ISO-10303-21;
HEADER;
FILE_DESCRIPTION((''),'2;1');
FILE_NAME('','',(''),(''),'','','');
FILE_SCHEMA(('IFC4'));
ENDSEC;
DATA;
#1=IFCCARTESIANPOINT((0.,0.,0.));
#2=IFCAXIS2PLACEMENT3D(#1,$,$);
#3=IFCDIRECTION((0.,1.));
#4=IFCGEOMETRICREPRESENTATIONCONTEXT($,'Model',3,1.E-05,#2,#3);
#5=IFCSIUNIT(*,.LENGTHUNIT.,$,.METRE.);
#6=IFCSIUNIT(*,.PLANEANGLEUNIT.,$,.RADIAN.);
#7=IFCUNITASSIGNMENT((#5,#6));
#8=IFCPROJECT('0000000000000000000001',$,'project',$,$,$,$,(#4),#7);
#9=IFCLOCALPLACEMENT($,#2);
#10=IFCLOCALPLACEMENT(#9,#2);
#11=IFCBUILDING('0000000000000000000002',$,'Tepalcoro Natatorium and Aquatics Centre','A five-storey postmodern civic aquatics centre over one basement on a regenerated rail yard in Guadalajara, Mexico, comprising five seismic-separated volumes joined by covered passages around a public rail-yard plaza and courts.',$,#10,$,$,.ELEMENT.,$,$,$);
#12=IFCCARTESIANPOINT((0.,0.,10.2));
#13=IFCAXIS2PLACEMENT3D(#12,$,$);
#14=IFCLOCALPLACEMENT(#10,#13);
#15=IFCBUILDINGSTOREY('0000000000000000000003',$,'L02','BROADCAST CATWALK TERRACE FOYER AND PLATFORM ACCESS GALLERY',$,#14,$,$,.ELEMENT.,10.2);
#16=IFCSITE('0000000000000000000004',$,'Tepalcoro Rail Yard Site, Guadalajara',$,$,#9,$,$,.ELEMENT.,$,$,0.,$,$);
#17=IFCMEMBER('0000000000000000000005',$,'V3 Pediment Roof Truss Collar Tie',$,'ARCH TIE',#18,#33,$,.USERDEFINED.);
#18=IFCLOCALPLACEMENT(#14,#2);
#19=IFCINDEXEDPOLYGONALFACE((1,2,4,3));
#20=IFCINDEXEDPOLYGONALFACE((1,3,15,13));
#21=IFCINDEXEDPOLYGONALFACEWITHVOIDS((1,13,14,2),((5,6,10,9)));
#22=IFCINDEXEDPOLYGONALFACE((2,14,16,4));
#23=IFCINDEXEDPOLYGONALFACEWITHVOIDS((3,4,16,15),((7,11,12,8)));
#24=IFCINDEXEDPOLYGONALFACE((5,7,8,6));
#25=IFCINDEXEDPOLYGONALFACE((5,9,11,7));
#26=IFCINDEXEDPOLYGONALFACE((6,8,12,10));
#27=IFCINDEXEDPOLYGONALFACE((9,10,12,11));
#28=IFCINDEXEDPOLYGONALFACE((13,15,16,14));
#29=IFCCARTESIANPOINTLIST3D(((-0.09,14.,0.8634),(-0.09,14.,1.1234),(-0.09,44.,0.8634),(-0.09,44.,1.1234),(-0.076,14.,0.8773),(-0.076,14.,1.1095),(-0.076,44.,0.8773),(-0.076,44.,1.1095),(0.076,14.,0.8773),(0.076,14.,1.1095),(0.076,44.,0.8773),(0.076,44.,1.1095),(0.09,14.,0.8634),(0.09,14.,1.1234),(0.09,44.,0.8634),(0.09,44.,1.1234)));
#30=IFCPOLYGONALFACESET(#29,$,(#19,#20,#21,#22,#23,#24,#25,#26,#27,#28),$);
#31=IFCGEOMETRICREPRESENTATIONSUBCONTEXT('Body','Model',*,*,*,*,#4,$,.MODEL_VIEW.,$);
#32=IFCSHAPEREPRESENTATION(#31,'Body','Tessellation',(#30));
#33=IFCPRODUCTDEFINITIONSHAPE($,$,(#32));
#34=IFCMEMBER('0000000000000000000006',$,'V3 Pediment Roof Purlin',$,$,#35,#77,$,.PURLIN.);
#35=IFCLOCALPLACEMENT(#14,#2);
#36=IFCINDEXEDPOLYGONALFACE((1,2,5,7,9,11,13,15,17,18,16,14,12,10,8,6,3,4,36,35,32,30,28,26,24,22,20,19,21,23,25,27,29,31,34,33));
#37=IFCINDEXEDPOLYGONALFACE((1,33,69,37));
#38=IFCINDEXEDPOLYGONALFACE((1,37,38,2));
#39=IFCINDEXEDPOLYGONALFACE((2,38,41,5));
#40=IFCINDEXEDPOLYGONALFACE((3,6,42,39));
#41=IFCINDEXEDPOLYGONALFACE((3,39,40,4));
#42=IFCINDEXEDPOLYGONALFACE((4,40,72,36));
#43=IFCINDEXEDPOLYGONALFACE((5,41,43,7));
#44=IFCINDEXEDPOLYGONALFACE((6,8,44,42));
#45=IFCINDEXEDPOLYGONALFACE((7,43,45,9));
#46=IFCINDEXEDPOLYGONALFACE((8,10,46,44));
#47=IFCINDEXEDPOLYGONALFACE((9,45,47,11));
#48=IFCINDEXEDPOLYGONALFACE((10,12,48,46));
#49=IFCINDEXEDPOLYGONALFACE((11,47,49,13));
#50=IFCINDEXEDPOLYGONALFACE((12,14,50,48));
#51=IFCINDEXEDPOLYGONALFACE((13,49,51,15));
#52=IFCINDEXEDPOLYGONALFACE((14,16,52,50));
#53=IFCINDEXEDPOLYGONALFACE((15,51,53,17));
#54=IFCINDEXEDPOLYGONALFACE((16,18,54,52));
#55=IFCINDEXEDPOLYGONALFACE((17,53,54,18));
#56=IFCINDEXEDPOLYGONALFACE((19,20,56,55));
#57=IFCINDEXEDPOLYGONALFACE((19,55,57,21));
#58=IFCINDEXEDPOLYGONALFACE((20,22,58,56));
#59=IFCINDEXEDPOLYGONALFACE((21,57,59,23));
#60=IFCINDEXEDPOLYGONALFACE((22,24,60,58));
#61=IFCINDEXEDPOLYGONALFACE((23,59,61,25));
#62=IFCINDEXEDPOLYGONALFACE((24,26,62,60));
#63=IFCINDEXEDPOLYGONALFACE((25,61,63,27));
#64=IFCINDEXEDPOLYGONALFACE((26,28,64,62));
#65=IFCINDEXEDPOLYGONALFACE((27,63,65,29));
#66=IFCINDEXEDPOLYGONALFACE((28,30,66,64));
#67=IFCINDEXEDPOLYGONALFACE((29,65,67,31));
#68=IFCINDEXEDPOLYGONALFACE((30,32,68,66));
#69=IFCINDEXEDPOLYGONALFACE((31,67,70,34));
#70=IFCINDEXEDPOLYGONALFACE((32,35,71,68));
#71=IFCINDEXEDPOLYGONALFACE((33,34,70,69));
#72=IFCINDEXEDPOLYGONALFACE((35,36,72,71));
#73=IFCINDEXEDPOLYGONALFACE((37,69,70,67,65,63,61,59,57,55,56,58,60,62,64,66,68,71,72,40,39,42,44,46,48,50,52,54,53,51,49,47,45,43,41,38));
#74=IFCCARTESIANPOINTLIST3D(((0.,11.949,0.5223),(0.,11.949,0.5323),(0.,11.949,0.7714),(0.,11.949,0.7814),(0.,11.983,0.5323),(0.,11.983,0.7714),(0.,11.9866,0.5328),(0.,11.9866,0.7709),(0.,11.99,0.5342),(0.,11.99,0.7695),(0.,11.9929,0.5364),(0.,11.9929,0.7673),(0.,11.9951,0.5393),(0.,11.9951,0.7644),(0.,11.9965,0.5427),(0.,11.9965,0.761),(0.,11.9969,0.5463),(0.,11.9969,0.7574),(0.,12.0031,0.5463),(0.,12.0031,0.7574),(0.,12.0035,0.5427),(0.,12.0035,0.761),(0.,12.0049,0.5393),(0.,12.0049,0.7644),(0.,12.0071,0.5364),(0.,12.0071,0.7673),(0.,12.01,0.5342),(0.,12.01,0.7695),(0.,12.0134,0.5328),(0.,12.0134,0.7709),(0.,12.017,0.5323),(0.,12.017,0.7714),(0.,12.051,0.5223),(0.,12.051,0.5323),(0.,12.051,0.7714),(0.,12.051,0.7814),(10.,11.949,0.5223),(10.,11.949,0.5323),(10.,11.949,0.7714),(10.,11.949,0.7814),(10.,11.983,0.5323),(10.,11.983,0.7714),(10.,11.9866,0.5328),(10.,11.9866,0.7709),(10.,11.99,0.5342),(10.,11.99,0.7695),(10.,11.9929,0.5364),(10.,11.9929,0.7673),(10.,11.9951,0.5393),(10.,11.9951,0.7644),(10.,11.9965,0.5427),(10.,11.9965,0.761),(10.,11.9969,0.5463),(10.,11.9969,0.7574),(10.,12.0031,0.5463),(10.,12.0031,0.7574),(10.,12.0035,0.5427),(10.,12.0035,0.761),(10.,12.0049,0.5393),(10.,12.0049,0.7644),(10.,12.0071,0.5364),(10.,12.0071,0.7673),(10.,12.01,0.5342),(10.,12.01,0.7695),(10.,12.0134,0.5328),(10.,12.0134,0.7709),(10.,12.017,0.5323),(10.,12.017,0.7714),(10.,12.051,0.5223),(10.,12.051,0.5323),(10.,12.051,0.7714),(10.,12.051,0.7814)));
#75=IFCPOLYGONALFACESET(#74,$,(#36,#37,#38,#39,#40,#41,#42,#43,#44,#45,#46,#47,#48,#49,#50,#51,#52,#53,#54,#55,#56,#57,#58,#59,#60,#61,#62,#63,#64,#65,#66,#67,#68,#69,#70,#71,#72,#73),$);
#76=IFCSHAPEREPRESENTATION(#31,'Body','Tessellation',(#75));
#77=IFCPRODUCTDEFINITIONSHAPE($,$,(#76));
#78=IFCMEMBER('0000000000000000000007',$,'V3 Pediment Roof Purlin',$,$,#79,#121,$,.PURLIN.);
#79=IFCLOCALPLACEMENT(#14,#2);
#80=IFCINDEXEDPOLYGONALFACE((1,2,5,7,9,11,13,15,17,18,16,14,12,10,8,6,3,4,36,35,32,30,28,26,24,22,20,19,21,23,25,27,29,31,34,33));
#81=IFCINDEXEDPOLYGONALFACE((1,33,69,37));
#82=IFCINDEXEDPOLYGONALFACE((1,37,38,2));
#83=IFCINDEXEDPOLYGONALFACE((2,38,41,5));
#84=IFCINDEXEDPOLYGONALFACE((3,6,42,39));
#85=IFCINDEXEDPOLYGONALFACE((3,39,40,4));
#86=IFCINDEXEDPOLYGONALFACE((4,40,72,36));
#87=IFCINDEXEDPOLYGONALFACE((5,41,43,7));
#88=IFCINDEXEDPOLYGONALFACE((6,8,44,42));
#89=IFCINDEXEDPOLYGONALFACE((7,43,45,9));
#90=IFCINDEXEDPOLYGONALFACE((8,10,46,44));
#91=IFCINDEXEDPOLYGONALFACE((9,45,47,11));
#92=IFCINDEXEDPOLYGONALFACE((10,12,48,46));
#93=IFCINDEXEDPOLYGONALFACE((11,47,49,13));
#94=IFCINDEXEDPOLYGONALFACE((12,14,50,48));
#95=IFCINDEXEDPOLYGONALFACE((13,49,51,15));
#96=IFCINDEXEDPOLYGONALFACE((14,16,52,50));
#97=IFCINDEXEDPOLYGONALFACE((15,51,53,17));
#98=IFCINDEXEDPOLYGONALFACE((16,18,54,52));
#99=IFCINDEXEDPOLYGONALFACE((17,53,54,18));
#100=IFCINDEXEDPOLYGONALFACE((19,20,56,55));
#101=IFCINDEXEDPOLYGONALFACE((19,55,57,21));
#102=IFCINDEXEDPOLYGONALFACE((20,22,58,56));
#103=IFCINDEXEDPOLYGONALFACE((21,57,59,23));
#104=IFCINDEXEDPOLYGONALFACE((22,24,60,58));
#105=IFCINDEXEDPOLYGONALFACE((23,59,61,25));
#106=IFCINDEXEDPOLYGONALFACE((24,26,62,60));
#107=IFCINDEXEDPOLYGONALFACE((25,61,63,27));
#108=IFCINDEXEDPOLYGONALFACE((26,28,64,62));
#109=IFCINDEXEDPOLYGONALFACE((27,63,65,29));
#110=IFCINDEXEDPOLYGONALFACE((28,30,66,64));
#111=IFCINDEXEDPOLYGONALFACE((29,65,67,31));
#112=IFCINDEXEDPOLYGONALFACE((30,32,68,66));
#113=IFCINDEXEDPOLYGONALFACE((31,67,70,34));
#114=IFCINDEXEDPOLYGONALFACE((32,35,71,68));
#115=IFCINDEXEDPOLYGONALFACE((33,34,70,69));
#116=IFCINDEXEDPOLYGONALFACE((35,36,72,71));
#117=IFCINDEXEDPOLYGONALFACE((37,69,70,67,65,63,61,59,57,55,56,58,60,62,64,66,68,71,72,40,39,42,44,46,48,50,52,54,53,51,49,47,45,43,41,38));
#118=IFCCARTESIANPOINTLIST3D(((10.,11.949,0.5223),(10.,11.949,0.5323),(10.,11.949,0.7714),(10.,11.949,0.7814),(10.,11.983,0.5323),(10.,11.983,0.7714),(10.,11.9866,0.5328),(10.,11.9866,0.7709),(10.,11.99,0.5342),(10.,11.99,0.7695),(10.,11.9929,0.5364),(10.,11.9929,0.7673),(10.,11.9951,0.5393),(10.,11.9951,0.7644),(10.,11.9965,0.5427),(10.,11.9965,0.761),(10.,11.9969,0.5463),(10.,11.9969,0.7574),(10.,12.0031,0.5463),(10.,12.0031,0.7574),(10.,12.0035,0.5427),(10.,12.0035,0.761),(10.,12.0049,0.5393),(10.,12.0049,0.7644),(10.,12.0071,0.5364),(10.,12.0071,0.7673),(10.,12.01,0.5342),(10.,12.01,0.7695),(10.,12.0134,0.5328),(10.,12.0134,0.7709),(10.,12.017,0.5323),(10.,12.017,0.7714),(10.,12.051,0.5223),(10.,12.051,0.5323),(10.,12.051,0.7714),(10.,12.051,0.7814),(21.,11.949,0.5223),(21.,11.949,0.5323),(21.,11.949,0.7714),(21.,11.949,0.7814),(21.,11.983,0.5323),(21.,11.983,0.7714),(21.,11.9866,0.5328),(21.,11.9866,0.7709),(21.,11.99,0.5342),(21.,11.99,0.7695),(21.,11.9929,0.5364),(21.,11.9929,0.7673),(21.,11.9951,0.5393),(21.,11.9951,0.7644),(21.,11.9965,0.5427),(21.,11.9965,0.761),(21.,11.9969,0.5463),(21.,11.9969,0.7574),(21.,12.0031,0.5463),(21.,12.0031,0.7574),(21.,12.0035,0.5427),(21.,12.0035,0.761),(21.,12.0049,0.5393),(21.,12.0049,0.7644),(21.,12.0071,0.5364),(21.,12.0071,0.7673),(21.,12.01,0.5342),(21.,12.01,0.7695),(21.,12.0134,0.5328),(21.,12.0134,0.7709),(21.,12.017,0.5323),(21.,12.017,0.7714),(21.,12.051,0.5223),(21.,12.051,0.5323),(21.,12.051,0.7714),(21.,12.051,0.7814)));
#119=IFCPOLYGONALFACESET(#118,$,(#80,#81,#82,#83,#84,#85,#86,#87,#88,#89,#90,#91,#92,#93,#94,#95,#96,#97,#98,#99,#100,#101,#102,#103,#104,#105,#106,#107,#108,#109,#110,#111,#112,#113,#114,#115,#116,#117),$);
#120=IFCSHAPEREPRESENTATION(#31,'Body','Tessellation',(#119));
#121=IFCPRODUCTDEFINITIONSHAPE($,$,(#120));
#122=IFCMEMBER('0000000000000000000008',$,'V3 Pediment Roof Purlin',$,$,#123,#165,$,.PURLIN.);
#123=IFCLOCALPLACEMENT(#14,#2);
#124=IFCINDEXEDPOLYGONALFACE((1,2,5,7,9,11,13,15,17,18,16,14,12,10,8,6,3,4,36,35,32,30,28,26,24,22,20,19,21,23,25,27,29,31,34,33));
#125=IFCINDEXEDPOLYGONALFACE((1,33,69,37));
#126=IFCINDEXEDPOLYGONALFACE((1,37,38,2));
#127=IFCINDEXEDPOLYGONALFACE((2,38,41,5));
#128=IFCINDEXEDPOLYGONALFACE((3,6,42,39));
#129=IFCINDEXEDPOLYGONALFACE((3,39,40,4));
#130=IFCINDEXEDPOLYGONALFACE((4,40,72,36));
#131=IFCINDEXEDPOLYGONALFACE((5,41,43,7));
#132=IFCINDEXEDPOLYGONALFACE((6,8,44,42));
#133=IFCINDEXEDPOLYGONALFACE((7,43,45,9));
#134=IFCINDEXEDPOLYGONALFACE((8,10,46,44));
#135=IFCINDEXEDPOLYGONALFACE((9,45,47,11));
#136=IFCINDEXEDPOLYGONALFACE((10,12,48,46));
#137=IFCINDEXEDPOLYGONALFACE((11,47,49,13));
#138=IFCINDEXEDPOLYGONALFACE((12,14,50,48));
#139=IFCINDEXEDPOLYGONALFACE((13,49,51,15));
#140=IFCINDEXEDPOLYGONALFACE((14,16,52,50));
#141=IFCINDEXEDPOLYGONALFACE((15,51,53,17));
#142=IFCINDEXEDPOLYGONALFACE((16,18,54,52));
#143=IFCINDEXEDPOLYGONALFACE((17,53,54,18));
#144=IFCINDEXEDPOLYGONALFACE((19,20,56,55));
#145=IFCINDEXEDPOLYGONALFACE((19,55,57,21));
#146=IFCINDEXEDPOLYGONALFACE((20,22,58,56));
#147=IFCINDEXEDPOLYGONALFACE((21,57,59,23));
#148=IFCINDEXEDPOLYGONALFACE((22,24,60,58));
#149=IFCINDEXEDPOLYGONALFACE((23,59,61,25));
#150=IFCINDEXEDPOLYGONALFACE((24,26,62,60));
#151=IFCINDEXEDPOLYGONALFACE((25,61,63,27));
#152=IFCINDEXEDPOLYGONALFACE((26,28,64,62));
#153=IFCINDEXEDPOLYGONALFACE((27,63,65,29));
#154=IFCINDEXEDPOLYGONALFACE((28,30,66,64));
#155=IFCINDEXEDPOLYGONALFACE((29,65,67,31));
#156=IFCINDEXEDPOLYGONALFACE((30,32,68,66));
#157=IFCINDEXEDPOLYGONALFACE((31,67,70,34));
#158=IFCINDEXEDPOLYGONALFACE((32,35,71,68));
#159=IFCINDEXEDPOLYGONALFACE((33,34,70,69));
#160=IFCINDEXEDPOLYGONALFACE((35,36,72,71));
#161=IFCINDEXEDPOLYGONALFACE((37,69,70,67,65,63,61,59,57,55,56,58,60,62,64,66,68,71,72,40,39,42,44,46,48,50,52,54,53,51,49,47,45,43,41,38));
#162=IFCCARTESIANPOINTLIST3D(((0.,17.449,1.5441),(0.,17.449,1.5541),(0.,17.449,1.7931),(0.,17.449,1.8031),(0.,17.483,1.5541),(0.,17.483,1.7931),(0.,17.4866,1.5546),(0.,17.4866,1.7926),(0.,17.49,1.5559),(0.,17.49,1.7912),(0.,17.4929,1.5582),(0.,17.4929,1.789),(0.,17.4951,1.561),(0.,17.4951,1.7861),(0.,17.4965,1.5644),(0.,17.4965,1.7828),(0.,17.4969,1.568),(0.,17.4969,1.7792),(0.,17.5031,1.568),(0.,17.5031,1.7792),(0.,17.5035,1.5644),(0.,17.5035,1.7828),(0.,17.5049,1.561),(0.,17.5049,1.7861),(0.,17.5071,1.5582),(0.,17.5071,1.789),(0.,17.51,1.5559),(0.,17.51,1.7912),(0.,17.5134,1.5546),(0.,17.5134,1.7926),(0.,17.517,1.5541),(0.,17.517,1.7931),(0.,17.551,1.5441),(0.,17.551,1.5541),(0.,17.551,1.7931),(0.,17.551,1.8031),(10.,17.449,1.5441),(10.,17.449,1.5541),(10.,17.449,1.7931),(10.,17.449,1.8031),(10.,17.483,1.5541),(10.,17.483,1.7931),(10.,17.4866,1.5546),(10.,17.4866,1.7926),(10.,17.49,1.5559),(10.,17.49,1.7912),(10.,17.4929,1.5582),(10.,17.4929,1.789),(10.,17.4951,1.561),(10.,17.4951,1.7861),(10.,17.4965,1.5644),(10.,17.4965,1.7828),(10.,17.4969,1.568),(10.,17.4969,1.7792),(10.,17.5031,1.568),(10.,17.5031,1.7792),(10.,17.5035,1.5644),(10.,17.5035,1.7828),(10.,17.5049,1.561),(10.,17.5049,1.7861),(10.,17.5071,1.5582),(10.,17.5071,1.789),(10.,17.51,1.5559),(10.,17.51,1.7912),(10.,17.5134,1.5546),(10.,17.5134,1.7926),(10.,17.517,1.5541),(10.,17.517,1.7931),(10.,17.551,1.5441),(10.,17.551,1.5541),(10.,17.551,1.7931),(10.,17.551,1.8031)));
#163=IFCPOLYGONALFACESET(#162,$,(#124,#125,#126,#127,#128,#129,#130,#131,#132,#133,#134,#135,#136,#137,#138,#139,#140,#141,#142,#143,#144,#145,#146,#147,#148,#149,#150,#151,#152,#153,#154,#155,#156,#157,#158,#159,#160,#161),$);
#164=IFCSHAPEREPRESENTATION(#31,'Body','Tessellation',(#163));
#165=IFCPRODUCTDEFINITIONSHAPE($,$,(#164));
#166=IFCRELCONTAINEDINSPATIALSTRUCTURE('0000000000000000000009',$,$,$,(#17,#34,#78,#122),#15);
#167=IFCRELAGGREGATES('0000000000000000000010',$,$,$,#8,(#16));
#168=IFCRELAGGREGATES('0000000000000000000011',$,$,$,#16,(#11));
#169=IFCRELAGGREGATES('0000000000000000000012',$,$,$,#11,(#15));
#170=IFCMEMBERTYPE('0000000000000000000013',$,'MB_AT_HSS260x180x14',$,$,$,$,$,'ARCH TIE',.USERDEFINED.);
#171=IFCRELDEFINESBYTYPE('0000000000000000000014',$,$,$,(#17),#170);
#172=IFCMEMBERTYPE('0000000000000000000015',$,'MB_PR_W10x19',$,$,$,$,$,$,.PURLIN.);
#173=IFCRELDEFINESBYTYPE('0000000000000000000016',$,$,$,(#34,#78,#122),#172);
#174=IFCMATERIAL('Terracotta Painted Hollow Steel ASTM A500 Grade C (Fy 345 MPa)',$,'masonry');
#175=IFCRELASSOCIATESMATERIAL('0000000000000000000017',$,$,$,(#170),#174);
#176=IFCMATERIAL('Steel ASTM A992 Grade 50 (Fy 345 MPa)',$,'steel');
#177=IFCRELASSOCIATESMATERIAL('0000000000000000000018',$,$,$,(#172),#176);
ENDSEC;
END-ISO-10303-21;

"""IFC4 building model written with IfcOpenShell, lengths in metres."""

from ifc_helpers import new_model, si_unit, direction, frame, origin, origin_2d, place, context, subcontext, project, spatial, hollow_rectangle, i_section, extrude, material, material_profile, profile_set, type_object, element, save


model = new_model("IFC4")

# Units and contexts
model_context = context("Model", 3, precision=1e-05, world=origin(), true_north=direction((0.0, 1.0)))
body_context = subcontext(model_context, "Body", "Model", "MODEL_VIEW")
ifc_project = project(units=[si_unit("LENGTHUNIT", "METRE"), si_unit("PLANEANGLEUNIT", "RADIAN")], contexts=[model_context])

# Site, building, storey
site_placement = place(None, origin())
site = spatial("IfcSite", under=ifc_project, at=site_placement, Name="Tepalcoro Rail Yard Site, Guadalajara", CompositionType="ELEMENT", RefElevation=0.0)
building_placement = place(site_placement, origin())
building = spatial("IfcBuilding", under=site, at=building_placement, Name="Tepalcoro Natatorium and Aquatics Centre", Description="A five-storey postmodern civic aquatics centre over one basement on a regenerated rail yard in Guadalajara, Mexico, comprising five seismic-separated volumes joined by covered passages around a public rail-yard plaza and courts.", CompositionType="ELEMENT")
storey_placement = place(building_placement, frame((0.0, 0.0, 10.2)))
storey = spatial("IfcBuildingStorey", under=building, at=storey_placement, Name="L02", Description="BROADCAST CATWALK TERRACE FOYER AND PLATFORM ACCESS GALLERY", CompositionType="ELEMENT", Elevation=10.2)

# Members
ifc_material_1 = material(Name="Terracotta Painted Hollow Steel ASTM A500 Grade C (Fy 345 MPa)", Category="masonry")
ifc_material_profile_1 = material_profile(ifc_material_1, hollow_rectangle(XDim=0.1799, YDim=0.26, WallThickness=0.0139, at=origin_2d()), Name="HSS260X180X14")
ifc_profile_set_1 = profile_set([ifc_material_profile_1], Name="Terracotta Painted Hollow Steel ASTM A500 Grade C (Fy 345 MPa)")
member_type_1 = type_object("IfcMemberType", Name="MB_AT_HSS260x180x14", ElementType="ARCH TIE", PredefinedType="USERDEFINED", material=ifc_profile_set_1)
member_1_placement = place(storey_placement, frame((0.0, 14.0, 0.9934), z_axis=(0.0, 1.0, 0.0), x_axis=(-1.0, 0.0, 0.0)))
element("IfcMember", 1, at=member_1_placement, inside=storey, type_object=member_type_1, Name="V3 Pediment Roof Truss Collar Tie", ObjectType="ARCH TIE", PredefinedType="USERDEFINED", context=body_context, shape_type="SweptSolid", body=[
    extrude(hollow_rectangle(XDim=0.1799, YDim=0.26, WallThickness=0.0139, at=origin_2d()), origin(), (0.0, 0.0, 1.0), 30.0),
])
ifc_material_2 = material(Name="Steel ASTM A992 Grade 50 (Fy 345 MPa)", Category="steel")
ifc_material_profile_2 = material_profile(ifc_material_2, i_section(OverallWidth=0.1021, OverallDepth=0.259, WebThickness=0.0061, FlangeThickness=0.01, FilletRadius=0.0139, at=origin_2d()), Name="W10X19")
ifc_profile_set_2 = profile_set([ifc_material_profile_2], Name="Steel ASTM A992 Grade 50 (Fy 345 MPa)")
member_type_2 = type_object("IfcMemberType", Name="MB_PR_W10x19", PredefinedType="PURLIN", material=ifc_profile_set_2)
member_2_placement = place(storey_placement, frame((0.0, 12.0, 0.6519), z_axis=(1.0, 0.0, 0.0), x_axis=(0.0, 1.0, 0.0)))
element("IfcMember", 2, at=member_2_placement, inside=storey, type_object=member_type_2, Name="V3 Pediment Roof Purlin", PredefinedType="PURLIN", context=body_context, shape_type="SweptSolid", body=[
    extrude(i_section(OverallWidth=0.1021, OverallDepth=0.259, WebThickness=0.0061, FlangeThickness=0.01, FilletRadius=0.0139, at=origin_2d()), origin(), (0.0, 0.0, 1.0), 10.0),
])
member_3_placement = place(storey_placement, frame((10.0, 12.0, 0.6519), z_axis=(1.0, 0.0, 0.0), x_axis=(0.0, 1.0, 0.0)))
element("IfcMember", 3, at=member_3_placement, inside=storey, type_object=member_type_2, Name="V3 Pediment Roof Purlin", PredefinedType="PURLIN", context=body_context, shape_type="SweptSolid", body=[
    extrude(i_section(OverallWidth=0.1021, OverallDepth=0.259, WebThickness=0.0061, FlangeThickness=0.01, FilletRadius=0.0139, at=origin_2d()), origin(), (0.0, 0.0, 1.0), 11.0),
])
for number, where, z_axis, x_axis, name in (
    (4, (0.0, 17.5, 1.6736), (1.0, 0.0, 0.0), (0.0, 1.0, 0.0), "V3 Pediment Roof Purlin"),
):
    element("IfcMember", number, at=place(storey_placement, frame(where, z_axis=z_axis, x_axis=x_axis)), inside=storey, type_object=member_type_2, Name=name, PredefinedType="PURLIN", context=body_context, shape_type="SweptSolid", body=[
        extrude(i_section(OverallWidth=0.1021, OverallDepth=0.259, WebThickness=0.0061, FlangeThickness=0.01, FilletRadius=0.0139, at=origin_2d()), origin(), (0.0, 0.0, 1.0), 10.0),
    ])

save(model, "model.ifc")
